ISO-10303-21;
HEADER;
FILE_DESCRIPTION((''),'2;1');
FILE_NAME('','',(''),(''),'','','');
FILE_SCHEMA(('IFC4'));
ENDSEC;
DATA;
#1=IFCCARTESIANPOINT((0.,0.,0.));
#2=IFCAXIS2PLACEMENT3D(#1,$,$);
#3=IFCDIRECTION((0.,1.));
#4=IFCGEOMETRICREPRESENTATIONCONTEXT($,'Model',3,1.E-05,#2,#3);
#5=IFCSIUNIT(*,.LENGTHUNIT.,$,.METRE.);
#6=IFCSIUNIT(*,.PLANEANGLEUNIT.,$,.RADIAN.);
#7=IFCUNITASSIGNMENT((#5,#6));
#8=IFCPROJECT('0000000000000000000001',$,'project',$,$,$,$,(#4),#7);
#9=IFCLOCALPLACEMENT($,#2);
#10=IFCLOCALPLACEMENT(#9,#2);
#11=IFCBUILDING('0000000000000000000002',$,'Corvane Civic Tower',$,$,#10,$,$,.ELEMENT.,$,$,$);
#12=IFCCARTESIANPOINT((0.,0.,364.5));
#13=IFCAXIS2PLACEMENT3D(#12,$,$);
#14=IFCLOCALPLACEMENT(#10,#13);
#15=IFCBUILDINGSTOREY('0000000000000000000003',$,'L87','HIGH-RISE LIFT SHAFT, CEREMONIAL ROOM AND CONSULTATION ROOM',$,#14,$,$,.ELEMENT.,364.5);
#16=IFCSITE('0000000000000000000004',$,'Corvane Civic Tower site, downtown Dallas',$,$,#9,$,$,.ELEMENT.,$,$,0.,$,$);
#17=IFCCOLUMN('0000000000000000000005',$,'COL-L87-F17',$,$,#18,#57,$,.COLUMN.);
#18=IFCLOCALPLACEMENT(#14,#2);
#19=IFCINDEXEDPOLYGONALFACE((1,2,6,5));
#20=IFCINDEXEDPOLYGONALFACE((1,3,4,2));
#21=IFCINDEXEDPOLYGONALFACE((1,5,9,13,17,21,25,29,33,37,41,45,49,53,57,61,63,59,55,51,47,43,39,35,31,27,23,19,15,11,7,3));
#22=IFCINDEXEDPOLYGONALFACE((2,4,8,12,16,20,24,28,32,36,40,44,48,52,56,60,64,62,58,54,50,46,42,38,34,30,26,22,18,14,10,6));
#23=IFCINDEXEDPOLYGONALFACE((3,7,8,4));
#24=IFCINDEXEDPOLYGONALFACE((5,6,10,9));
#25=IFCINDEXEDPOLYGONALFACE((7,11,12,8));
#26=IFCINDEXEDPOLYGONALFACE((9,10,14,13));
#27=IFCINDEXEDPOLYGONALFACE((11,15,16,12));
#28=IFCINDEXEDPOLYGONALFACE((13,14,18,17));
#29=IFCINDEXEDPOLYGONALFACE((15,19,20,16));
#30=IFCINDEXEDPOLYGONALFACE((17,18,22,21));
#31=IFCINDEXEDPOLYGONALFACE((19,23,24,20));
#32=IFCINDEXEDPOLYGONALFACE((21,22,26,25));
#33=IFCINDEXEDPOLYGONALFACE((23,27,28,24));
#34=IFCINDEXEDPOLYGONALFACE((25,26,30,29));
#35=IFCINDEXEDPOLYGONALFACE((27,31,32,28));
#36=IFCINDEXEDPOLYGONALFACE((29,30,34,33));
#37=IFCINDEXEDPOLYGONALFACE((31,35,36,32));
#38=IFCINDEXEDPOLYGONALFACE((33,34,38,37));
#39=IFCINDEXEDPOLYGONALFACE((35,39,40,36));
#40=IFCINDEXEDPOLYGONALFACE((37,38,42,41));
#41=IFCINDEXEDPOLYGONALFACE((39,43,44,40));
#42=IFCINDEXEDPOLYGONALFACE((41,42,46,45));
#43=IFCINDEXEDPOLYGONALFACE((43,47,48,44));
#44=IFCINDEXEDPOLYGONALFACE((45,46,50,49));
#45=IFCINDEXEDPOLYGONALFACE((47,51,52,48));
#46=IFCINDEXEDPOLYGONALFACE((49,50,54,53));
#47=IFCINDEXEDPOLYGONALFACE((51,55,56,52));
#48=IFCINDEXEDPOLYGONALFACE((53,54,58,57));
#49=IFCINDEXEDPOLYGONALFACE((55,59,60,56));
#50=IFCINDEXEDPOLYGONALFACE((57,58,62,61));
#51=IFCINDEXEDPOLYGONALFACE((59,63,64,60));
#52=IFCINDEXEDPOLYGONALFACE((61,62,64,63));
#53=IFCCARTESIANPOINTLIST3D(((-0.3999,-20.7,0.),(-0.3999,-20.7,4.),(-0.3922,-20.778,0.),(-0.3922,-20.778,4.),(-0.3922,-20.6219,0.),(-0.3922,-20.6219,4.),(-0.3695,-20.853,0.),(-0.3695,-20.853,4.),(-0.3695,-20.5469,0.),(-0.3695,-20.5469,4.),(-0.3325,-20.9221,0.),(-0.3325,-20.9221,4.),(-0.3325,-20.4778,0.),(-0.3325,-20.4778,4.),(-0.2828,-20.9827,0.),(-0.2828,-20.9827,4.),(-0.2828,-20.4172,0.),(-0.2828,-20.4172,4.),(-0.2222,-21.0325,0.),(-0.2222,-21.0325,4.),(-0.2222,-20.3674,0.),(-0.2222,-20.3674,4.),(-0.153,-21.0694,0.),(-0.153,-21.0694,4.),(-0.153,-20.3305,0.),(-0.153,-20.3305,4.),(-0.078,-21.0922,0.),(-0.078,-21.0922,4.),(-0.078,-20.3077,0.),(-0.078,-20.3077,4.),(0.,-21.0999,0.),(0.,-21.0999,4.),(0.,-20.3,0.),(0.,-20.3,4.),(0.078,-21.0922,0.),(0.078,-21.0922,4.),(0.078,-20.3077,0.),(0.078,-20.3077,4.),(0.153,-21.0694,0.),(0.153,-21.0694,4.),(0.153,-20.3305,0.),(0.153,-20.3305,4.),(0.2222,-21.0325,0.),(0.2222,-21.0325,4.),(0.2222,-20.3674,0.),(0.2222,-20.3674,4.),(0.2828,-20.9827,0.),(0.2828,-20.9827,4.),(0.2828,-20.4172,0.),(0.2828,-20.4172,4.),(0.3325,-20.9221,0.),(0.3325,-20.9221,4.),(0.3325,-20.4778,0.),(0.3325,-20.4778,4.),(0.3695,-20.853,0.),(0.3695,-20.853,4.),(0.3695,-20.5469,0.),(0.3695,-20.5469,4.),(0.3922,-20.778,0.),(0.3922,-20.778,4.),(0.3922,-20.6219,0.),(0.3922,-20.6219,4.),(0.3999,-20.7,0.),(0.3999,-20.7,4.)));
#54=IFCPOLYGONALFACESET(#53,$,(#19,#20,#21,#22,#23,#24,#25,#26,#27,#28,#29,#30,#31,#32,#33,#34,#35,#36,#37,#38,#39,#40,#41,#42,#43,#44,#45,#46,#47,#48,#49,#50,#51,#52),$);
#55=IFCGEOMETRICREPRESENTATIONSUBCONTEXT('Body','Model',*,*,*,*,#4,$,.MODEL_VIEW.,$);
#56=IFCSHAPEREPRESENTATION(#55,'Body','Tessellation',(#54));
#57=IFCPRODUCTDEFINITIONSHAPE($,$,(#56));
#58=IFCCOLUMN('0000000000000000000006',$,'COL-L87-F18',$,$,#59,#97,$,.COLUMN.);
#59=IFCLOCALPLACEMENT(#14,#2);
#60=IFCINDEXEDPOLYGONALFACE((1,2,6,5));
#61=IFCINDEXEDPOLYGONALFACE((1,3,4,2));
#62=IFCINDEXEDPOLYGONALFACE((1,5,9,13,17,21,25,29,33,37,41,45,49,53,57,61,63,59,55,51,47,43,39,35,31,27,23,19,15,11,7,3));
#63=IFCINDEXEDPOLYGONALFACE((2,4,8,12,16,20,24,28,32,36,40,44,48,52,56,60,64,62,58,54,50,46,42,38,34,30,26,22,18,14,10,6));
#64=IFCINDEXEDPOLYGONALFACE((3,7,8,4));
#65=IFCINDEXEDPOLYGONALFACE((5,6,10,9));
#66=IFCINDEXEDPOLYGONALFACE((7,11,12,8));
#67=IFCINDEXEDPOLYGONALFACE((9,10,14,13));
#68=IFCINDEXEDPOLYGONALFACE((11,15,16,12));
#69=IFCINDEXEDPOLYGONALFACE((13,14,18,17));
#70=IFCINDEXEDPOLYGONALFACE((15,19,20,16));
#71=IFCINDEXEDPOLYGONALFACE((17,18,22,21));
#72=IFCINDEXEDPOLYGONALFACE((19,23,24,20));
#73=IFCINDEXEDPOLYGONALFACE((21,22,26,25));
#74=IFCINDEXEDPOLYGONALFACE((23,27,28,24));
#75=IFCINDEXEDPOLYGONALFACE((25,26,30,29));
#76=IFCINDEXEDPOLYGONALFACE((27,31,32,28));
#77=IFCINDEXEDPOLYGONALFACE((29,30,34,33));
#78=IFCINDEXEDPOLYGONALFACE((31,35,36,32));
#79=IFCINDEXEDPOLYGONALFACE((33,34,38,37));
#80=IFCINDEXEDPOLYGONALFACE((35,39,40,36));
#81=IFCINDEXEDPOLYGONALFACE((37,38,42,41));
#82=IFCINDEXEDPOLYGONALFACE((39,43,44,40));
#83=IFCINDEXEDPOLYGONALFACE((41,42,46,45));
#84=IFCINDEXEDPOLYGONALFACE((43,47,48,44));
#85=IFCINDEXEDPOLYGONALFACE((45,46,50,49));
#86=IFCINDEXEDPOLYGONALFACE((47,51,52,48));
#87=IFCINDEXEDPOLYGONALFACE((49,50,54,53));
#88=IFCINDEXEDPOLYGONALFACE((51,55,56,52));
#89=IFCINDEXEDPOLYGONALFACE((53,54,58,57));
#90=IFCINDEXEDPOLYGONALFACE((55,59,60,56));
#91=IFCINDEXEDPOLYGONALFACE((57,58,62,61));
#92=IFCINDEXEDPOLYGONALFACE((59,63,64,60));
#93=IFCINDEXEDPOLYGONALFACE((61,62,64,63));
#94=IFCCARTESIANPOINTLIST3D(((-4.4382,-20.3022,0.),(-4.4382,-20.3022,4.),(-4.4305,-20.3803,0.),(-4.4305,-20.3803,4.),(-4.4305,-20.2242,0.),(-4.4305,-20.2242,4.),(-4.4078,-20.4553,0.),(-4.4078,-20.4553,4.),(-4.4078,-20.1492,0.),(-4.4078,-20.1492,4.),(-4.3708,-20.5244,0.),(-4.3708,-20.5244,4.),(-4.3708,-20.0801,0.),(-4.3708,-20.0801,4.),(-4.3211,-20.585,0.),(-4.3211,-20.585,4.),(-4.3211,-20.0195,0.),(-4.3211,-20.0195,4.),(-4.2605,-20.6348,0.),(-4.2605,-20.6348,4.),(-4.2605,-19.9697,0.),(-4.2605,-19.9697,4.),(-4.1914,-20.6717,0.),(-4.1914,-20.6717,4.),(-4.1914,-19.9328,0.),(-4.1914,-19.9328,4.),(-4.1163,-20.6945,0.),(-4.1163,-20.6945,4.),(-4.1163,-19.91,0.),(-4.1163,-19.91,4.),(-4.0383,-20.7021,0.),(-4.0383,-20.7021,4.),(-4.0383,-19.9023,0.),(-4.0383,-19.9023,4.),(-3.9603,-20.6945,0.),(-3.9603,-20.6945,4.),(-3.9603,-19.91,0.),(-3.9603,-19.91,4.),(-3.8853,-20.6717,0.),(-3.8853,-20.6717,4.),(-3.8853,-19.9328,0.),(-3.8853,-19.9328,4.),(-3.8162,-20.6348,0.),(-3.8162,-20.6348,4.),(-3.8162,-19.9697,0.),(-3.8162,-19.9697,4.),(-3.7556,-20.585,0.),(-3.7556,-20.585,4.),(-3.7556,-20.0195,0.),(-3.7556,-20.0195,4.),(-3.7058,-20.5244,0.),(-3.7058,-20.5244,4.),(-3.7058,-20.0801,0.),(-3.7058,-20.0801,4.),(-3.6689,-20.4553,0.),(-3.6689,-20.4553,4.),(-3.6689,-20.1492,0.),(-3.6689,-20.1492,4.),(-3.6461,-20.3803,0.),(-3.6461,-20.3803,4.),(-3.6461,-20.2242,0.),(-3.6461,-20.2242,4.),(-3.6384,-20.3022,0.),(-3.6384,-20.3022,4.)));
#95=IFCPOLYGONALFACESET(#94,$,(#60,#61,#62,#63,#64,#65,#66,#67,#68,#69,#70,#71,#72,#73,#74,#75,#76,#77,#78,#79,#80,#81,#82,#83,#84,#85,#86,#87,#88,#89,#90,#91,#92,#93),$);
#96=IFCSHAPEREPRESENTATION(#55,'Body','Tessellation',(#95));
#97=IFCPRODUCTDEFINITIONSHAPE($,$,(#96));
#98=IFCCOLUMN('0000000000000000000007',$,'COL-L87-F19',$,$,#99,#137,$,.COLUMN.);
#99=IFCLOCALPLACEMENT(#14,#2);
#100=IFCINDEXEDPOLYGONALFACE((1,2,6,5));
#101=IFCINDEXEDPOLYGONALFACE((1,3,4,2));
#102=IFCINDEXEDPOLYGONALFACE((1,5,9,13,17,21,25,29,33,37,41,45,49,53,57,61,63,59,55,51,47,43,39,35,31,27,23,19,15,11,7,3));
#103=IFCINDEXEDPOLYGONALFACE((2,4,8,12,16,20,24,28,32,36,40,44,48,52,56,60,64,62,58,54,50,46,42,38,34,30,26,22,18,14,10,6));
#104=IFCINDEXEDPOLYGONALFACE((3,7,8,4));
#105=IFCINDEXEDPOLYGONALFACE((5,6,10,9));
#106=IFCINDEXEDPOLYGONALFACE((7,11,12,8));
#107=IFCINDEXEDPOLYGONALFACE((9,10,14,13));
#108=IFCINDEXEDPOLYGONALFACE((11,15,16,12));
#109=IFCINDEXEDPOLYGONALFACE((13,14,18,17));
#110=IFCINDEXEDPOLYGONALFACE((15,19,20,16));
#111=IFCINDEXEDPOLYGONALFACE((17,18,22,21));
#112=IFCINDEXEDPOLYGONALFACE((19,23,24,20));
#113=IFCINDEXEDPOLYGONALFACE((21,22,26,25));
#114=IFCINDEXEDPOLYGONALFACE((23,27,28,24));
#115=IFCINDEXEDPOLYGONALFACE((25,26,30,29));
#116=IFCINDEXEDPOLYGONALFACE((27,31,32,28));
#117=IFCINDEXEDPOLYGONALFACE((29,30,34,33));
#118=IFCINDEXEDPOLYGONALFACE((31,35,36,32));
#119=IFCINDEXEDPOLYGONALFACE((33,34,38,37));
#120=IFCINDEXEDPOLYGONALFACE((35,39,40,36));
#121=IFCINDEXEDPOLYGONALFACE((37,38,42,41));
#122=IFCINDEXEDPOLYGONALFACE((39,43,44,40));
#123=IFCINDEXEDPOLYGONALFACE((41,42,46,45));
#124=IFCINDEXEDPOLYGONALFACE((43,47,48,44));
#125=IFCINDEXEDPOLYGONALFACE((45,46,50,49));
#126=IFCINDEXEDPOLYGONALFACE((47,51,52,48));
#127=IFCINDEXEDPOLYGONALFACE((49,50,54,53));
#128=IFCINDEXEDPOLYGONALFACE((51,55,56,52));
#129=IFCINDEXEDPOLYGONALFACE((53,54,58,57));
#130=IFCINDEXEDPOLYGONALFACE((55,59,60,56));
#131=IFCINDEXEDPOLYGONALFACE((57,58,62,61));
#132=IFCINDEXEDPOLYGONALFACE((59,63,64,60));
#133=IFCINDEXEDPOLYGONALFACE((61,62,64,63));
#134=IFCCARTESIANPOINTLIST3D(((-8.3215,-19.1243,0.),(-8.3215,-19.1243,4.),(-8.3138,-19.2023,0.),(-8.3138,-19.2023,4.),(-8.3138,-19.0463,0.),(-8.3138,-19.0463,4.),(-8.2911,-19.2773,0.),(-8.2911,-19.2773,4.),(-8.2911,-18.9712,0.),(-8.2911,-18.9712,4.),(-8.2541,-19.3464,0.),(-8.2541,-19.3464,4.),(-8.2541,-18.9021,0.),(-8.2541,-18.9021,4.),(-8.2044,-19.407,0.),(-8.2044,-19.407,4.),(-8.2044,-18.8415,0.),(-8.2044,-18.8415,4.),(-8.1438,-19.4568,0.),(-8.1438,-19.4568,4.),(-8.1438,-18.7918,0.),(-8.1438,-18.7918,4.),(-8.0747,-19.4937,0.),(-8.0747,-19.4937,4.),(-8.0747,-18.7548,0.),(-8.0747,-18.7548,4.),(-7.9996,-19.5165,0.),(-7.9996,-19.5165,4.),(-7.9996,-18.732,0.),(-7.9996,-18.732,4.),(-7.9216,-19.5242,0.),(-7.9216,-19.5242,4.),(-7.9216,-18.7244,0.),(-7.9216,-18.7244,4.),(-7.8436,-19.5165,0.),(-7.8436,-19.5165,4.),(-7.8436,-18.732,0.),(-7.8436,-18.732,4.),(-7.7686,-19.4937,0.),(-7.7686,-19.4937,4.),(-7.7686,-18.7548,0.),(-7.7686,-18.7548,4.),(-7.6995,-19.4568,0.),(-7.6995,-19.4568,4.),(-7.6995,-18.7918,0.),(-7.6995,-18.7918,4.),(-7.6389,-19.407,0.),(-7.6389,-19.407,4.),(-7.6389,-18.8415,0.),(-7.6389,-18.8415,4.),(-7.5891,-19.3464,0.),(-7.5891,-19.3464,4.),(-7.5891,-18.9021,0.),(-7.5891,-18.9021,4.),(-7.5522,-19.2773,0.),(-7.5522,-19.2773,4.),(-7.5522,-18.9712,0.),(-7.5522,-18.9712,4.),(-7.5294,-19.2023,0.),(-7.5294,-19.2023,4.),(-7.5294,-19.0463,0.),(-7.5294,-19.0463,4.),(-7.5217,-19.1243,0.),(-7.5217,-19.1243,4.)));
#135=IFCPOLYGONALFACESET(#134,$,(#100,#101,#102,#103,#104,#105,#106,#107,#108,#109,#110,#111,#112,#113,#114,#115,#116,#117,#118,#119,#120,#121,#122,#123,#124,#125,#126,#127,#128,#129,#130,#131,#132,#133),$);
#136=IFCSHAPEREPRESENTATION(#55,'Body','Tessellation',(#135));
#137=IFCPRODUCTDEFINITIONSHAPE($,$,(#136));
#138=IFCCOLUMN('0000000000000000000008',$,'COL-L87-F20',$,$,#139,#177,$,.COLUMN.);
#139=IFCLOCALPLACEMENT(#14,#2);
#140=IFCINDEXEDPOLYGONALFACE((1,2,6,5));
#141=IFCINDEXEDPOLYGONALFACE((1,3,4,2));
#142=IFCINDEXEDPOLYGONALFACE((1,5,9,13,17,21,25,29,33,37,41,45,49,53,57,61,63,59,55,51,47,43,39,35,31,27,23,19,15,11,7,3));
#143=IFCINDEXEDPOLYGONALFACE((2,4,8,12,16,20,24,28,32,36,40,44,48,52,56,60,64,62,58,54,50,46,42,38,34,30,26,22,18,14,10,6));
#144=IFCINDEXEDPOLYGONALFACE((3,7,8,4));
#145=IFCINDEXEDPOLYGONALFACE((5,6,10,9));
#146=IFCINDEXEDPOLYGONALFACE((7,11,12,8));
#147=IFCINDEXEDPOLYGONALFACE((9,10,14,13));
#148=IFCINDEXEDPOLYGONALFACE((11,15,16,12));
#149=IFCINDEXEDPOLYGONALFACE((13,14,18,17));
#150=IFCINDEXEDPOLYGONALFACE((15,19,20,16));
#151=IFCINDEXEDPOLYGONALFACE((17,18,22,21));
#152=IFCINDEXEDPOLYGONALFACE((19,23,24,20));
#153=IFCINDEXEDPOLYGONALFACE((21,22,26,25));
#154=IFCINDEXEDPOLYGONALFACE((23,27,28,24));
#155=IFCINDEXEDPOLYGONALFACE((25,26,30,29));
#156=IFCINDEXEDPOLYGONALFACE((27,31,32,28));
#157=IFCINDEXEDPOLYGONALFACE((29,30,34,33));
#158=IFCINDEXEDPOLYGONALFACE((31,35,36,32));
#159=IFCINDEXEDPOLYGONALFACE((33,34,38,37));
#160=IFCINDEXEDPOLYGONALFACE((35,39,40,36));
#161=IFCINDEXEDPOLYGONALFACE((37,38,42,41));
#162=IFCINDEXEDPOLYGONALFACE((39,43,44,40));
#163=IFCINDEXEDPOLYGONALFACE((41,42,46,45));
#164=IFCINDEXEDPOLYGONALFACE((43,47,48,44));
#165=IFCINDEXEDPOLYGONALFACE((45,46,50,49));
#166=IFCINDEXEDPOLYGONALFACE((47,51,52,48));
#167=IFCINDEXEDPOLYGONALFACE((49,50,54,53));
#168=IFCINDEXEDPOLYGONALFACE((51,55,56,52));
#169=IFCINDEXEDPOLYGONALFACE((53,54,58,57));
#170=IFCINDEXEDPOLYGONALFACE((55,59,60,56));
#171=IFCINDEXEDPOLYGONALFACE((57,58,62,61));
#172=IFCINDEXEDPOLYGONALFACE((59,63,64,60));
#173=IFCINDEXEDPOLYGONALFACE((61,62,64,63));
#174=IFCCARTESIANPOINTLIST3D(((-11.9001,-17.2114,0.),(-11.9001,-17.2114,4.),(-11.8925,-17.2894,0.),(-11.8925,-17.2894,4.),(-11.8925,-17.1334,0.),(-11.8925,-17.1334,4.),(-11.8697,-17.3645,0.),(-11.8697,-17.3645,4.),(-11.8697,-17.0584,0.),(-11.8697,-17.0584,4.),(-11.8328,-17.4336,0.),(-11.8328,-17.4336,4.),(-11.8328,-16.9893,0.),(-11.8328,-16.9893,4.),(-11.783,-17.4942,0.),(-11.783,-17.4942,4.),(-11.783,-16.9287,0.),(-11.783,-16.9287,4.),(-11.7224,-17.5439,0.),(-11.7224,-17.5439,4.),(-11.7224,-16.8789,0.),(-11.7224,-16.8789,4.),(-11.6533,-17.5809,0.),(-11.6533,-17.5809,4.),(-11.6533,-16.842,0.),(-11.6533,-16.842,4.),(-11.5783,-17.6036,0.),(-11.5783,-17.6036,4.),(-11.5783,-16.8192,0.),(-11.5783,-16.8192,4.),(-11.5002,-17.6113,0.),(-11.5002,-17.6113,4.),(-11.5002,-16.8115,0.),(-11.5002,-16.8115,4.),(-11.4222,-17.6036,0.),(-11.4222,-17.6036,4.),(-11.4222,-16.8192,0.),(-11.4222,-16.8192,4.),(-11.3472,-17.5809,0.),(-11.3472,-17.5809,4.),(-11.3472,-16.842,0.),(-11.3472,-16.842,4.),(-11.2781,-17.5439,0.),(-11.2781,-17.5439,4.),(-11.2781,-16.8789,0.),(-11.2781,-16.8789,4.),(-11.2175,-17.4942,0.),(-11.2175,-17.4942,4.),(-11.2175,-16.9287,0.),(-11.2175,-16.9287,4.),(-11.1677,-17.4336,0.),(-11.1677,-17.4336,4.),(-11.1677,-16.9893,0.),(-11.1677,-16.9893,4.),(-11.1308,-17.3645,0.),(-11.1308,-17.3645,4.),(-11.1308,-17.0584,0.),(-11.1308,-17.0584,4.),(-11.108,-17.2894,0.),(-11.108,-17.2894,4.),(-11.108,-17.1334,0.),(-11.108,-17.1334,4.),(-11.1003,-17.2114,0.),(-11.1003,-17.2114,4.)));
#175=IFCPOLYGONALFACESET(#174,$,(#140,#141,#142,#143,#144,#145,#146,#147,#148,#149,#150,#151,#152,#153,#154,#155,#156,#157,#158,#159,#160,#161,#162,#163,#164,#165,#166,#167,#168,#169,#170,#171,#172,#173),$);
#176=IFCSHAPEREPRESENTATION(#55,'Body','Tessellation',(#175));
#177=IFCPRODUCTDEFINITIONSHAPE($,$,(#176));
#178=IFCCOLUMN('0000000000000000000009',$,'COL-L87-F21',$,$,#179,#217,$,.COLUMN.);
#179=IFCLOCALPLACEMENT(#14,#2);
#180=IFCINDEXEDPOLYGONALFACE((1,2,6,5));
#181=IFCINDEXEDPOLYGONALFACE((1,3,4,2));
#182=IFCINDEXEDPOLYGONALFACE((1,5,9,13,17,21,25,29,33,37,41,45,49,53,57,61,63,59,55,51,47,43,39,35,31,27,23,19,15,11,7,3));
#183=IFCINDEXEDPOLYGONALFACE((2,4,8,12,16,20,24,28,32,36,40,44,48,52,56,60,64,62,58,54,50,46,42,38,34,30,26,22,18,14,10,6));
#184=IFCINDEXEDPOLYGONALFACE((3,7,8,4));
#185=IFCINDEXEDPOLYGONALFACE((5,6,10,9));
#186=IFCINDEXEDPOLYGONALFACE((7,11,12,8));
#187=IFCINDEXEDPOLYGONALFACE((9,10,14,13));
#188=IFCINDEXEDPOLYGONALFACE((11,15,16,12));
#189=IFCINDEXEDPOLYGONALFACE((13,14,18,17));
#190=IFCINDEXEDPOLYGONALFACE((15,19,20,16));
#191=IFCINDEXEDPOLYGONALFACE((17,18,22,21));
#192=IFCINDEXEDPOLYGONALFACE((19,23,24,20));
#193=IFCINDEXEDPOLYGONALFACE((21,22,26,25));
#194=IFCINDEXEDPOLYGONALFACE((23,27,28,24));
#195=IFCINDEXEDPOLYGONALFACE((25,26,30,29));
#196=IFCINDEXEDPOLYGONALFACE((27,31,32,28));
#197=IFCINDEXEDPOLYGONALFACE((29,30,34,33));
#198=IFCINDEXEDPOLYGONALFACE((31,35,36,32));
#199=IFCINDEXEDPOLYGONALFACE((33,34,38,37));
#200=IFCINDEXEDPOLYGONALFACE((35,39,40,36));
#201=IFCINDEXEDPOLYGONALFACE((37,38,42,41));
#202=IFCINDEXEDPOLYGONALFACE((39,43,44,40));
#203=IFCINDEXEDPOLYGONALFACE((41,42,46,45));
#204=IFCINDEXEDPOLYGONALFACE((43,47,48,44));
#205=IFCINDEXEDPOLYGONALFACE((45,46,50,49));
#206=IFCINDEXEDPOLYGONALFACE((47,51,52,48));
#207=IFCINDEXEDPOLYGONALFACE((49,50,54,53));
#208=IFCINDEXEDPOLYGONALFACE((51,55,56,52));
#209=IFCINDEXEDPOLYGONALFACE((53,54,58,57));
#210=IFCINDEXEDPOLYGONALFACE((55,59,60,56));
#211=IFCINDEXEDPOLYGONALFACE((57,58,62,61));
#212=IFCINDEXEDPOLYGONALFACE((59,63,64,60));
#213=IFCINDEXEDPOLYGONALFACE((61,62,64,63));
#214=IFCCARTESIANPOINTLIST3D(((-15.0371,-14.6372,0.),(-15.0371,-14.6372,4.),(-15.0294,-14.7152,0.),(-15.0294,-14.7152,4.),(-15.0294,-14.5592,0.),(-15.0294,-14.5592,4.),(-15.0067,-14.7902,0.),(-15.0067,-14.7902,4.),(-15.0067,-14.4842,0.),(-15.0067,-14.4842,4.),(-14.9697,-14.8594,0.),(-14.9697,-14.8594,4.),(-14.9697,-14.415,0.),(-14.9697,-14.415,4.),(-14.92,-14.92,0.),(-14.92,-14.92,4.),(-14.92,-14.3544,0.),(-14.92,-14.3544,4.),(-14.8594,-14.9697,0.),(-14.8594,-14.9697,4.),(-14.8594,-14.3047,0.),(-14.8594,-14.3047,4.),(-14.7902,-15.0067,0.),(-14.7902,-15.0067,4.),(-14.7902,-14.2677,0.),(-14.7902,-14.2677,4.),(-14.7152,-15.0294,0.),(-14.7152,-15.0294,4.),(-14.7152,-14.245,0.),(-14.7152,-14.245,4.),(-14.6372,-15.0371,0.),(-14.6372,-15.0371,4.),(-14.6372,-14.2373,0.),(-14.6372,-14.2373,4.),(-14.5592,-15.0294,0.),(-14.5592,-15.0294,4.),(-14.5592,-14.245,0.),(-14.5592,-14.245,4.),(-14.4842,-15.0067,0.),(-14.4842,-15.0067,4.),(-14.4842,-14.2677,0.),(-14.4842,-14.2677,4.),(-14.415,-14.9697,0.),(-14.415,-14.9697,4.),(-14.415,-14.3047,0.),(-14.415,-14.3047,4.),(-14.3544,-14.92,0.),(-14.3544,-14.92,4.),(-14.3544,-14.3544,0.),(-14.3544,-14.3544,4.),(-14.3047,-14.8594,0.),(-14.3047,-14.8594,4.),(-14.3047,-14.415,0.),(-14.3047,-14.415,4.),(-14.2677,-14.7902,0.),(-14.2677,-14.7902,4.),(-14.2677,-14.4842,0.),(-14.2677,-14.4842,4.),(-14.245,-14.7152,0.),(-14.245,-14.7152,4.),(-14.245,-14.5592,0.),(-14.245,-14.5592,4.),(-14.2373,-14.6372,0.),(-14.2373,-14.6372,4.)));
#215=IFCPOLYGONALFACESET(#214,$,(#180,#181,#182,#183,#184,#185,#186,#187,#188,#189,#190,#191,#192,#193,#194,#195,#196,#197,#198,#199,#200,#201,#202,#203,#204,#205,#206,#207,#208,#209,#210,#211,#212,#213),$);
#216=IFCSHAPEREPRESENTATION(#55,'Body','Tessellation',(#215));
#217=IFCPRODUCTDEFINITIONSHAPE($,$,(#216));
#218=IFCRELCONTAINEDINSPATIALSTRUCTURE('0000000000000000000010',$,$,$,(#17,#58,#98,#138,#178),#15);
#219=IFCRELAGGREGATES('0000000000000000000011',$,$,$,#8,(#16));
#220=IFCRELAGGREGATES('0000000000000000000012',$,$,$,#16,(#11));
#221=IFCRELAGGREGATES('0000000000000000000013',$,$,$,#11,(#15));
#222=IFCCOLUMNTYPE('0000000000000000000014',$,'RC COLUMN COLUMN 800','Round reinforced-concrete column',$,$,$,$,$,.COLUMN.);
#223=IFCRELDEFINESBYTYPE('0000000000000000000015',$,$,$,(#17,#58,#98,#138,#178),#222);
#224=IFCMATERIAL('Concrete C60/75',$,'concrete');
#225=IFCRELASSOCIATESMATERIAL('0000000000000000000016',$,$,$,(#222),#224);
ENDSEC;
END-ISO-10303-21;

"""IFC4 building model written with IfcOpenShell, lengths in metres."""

from ifc_helpers import new_model, si_unit, direction, frame, origin, origin_2d, place, context, subcontext, project, spatial, circle, extrude, material, material_profile, profile_set, type_object, element, save


model = new_model("IFC4")

# Units and contexts
model_context = context("Model", 3, precision=1e-05, world=origin(), true_north=direction((0.0, 1.0)))
body_context = subcontext(model_context, "Body", "Model", "MODEL_VIEW")
ifc_project = project(units=[si_unit("LENGTHUNIT", "METRE"), si_unit("PLANEANGLEUNIT", "RADIAN")], contexts=[model_context])

# Site, building, storey
site_placement = place(None, origin())
site = spatial("IfcSite", under=ifc_project, at=site_placement, Name="Corvane Civic Tower site, downtown Dallas", CompositionType="ELEMENT", RefElevation=0.0)
building_placement = place(site_placement, origin())
building = spatial("IfcBuilding", under=site, at=building_placement, Name="Corvane Civic Tower", CompositionType="ELEMENT")
storey_placement = place(building_placement, frame((0.0, 0.0, 364.5)))
storey = spatial("IfcBuildingStorey", under=building, at=storey_placement, Name="L87", Description="HIGH-RISE LIFT SHAFT, CEREMONIAL ROOM AND CONSULTATION ROOM", CompositionType="ELEMENT", Elevation=364.5)

# Columns
ifc_material_1 = material(Name="Concrete C60/75", Category="concrete")
ifc_material_profile_1 = material_profile(ifc_material_1, circle(Radius=0.3999, at=origin_2d()), Name="COLUMN 800")
ifc_profile_set_1 = profile_set([ifc_material_profile_1], Name="Concrete C60/75")
column_type = type_object("IfcColumnType", Name="RC COLUMN COLUMN 800", Description="Round reinforced-concrete column", PredefinedType="COLUMN", material=ifc_profile_set_1)
for number, where, z_axis, x_axis, name in (
    (1, (0.0, -20.7, 0.0), (0.0, 0.0, 1.0), (1.0, 0.0, 0.0), "COL-L87-F17"),
    (2, (-4.0383, -20.3022, 0.0), (0.0, 0.0, 1.0), (1.0, 0.0, 0.0), "COL-L87-F18"),
    (3, (-7.9216, -19.1243, 0.0), (0.0, 0.0, 1.0), (1.0, 0.0, 0.0), "COL-L87-F19"),
    (4, (-11.5002, -17.2114, 0.0), (0.0, 0.0, 1.0), (1.0, 0.0, 0.0), "COL-L87-F20"),
    (5, (-14.6372, -14.6372, 0.0), (0.0, 0.0, 1.0), (1.0, 0.0, 0.0), "COL-L87-F21"),
):
    element("IfcColumn", number, at=place(storey_placement, frame(where, z_axis=z_axis, x_axis=x_axis)), inside=storey, type_object=column_type, Name=name, PredefinedType="COLUMN", context=body_context, shape_type="SweptSolid", body=[
        extrude(circle(Radius=0.3999, at=origin_2d()), origin(), (0.0, 0.0, 1.0), 4.0),
    ])

save(model, "model.ifc")
